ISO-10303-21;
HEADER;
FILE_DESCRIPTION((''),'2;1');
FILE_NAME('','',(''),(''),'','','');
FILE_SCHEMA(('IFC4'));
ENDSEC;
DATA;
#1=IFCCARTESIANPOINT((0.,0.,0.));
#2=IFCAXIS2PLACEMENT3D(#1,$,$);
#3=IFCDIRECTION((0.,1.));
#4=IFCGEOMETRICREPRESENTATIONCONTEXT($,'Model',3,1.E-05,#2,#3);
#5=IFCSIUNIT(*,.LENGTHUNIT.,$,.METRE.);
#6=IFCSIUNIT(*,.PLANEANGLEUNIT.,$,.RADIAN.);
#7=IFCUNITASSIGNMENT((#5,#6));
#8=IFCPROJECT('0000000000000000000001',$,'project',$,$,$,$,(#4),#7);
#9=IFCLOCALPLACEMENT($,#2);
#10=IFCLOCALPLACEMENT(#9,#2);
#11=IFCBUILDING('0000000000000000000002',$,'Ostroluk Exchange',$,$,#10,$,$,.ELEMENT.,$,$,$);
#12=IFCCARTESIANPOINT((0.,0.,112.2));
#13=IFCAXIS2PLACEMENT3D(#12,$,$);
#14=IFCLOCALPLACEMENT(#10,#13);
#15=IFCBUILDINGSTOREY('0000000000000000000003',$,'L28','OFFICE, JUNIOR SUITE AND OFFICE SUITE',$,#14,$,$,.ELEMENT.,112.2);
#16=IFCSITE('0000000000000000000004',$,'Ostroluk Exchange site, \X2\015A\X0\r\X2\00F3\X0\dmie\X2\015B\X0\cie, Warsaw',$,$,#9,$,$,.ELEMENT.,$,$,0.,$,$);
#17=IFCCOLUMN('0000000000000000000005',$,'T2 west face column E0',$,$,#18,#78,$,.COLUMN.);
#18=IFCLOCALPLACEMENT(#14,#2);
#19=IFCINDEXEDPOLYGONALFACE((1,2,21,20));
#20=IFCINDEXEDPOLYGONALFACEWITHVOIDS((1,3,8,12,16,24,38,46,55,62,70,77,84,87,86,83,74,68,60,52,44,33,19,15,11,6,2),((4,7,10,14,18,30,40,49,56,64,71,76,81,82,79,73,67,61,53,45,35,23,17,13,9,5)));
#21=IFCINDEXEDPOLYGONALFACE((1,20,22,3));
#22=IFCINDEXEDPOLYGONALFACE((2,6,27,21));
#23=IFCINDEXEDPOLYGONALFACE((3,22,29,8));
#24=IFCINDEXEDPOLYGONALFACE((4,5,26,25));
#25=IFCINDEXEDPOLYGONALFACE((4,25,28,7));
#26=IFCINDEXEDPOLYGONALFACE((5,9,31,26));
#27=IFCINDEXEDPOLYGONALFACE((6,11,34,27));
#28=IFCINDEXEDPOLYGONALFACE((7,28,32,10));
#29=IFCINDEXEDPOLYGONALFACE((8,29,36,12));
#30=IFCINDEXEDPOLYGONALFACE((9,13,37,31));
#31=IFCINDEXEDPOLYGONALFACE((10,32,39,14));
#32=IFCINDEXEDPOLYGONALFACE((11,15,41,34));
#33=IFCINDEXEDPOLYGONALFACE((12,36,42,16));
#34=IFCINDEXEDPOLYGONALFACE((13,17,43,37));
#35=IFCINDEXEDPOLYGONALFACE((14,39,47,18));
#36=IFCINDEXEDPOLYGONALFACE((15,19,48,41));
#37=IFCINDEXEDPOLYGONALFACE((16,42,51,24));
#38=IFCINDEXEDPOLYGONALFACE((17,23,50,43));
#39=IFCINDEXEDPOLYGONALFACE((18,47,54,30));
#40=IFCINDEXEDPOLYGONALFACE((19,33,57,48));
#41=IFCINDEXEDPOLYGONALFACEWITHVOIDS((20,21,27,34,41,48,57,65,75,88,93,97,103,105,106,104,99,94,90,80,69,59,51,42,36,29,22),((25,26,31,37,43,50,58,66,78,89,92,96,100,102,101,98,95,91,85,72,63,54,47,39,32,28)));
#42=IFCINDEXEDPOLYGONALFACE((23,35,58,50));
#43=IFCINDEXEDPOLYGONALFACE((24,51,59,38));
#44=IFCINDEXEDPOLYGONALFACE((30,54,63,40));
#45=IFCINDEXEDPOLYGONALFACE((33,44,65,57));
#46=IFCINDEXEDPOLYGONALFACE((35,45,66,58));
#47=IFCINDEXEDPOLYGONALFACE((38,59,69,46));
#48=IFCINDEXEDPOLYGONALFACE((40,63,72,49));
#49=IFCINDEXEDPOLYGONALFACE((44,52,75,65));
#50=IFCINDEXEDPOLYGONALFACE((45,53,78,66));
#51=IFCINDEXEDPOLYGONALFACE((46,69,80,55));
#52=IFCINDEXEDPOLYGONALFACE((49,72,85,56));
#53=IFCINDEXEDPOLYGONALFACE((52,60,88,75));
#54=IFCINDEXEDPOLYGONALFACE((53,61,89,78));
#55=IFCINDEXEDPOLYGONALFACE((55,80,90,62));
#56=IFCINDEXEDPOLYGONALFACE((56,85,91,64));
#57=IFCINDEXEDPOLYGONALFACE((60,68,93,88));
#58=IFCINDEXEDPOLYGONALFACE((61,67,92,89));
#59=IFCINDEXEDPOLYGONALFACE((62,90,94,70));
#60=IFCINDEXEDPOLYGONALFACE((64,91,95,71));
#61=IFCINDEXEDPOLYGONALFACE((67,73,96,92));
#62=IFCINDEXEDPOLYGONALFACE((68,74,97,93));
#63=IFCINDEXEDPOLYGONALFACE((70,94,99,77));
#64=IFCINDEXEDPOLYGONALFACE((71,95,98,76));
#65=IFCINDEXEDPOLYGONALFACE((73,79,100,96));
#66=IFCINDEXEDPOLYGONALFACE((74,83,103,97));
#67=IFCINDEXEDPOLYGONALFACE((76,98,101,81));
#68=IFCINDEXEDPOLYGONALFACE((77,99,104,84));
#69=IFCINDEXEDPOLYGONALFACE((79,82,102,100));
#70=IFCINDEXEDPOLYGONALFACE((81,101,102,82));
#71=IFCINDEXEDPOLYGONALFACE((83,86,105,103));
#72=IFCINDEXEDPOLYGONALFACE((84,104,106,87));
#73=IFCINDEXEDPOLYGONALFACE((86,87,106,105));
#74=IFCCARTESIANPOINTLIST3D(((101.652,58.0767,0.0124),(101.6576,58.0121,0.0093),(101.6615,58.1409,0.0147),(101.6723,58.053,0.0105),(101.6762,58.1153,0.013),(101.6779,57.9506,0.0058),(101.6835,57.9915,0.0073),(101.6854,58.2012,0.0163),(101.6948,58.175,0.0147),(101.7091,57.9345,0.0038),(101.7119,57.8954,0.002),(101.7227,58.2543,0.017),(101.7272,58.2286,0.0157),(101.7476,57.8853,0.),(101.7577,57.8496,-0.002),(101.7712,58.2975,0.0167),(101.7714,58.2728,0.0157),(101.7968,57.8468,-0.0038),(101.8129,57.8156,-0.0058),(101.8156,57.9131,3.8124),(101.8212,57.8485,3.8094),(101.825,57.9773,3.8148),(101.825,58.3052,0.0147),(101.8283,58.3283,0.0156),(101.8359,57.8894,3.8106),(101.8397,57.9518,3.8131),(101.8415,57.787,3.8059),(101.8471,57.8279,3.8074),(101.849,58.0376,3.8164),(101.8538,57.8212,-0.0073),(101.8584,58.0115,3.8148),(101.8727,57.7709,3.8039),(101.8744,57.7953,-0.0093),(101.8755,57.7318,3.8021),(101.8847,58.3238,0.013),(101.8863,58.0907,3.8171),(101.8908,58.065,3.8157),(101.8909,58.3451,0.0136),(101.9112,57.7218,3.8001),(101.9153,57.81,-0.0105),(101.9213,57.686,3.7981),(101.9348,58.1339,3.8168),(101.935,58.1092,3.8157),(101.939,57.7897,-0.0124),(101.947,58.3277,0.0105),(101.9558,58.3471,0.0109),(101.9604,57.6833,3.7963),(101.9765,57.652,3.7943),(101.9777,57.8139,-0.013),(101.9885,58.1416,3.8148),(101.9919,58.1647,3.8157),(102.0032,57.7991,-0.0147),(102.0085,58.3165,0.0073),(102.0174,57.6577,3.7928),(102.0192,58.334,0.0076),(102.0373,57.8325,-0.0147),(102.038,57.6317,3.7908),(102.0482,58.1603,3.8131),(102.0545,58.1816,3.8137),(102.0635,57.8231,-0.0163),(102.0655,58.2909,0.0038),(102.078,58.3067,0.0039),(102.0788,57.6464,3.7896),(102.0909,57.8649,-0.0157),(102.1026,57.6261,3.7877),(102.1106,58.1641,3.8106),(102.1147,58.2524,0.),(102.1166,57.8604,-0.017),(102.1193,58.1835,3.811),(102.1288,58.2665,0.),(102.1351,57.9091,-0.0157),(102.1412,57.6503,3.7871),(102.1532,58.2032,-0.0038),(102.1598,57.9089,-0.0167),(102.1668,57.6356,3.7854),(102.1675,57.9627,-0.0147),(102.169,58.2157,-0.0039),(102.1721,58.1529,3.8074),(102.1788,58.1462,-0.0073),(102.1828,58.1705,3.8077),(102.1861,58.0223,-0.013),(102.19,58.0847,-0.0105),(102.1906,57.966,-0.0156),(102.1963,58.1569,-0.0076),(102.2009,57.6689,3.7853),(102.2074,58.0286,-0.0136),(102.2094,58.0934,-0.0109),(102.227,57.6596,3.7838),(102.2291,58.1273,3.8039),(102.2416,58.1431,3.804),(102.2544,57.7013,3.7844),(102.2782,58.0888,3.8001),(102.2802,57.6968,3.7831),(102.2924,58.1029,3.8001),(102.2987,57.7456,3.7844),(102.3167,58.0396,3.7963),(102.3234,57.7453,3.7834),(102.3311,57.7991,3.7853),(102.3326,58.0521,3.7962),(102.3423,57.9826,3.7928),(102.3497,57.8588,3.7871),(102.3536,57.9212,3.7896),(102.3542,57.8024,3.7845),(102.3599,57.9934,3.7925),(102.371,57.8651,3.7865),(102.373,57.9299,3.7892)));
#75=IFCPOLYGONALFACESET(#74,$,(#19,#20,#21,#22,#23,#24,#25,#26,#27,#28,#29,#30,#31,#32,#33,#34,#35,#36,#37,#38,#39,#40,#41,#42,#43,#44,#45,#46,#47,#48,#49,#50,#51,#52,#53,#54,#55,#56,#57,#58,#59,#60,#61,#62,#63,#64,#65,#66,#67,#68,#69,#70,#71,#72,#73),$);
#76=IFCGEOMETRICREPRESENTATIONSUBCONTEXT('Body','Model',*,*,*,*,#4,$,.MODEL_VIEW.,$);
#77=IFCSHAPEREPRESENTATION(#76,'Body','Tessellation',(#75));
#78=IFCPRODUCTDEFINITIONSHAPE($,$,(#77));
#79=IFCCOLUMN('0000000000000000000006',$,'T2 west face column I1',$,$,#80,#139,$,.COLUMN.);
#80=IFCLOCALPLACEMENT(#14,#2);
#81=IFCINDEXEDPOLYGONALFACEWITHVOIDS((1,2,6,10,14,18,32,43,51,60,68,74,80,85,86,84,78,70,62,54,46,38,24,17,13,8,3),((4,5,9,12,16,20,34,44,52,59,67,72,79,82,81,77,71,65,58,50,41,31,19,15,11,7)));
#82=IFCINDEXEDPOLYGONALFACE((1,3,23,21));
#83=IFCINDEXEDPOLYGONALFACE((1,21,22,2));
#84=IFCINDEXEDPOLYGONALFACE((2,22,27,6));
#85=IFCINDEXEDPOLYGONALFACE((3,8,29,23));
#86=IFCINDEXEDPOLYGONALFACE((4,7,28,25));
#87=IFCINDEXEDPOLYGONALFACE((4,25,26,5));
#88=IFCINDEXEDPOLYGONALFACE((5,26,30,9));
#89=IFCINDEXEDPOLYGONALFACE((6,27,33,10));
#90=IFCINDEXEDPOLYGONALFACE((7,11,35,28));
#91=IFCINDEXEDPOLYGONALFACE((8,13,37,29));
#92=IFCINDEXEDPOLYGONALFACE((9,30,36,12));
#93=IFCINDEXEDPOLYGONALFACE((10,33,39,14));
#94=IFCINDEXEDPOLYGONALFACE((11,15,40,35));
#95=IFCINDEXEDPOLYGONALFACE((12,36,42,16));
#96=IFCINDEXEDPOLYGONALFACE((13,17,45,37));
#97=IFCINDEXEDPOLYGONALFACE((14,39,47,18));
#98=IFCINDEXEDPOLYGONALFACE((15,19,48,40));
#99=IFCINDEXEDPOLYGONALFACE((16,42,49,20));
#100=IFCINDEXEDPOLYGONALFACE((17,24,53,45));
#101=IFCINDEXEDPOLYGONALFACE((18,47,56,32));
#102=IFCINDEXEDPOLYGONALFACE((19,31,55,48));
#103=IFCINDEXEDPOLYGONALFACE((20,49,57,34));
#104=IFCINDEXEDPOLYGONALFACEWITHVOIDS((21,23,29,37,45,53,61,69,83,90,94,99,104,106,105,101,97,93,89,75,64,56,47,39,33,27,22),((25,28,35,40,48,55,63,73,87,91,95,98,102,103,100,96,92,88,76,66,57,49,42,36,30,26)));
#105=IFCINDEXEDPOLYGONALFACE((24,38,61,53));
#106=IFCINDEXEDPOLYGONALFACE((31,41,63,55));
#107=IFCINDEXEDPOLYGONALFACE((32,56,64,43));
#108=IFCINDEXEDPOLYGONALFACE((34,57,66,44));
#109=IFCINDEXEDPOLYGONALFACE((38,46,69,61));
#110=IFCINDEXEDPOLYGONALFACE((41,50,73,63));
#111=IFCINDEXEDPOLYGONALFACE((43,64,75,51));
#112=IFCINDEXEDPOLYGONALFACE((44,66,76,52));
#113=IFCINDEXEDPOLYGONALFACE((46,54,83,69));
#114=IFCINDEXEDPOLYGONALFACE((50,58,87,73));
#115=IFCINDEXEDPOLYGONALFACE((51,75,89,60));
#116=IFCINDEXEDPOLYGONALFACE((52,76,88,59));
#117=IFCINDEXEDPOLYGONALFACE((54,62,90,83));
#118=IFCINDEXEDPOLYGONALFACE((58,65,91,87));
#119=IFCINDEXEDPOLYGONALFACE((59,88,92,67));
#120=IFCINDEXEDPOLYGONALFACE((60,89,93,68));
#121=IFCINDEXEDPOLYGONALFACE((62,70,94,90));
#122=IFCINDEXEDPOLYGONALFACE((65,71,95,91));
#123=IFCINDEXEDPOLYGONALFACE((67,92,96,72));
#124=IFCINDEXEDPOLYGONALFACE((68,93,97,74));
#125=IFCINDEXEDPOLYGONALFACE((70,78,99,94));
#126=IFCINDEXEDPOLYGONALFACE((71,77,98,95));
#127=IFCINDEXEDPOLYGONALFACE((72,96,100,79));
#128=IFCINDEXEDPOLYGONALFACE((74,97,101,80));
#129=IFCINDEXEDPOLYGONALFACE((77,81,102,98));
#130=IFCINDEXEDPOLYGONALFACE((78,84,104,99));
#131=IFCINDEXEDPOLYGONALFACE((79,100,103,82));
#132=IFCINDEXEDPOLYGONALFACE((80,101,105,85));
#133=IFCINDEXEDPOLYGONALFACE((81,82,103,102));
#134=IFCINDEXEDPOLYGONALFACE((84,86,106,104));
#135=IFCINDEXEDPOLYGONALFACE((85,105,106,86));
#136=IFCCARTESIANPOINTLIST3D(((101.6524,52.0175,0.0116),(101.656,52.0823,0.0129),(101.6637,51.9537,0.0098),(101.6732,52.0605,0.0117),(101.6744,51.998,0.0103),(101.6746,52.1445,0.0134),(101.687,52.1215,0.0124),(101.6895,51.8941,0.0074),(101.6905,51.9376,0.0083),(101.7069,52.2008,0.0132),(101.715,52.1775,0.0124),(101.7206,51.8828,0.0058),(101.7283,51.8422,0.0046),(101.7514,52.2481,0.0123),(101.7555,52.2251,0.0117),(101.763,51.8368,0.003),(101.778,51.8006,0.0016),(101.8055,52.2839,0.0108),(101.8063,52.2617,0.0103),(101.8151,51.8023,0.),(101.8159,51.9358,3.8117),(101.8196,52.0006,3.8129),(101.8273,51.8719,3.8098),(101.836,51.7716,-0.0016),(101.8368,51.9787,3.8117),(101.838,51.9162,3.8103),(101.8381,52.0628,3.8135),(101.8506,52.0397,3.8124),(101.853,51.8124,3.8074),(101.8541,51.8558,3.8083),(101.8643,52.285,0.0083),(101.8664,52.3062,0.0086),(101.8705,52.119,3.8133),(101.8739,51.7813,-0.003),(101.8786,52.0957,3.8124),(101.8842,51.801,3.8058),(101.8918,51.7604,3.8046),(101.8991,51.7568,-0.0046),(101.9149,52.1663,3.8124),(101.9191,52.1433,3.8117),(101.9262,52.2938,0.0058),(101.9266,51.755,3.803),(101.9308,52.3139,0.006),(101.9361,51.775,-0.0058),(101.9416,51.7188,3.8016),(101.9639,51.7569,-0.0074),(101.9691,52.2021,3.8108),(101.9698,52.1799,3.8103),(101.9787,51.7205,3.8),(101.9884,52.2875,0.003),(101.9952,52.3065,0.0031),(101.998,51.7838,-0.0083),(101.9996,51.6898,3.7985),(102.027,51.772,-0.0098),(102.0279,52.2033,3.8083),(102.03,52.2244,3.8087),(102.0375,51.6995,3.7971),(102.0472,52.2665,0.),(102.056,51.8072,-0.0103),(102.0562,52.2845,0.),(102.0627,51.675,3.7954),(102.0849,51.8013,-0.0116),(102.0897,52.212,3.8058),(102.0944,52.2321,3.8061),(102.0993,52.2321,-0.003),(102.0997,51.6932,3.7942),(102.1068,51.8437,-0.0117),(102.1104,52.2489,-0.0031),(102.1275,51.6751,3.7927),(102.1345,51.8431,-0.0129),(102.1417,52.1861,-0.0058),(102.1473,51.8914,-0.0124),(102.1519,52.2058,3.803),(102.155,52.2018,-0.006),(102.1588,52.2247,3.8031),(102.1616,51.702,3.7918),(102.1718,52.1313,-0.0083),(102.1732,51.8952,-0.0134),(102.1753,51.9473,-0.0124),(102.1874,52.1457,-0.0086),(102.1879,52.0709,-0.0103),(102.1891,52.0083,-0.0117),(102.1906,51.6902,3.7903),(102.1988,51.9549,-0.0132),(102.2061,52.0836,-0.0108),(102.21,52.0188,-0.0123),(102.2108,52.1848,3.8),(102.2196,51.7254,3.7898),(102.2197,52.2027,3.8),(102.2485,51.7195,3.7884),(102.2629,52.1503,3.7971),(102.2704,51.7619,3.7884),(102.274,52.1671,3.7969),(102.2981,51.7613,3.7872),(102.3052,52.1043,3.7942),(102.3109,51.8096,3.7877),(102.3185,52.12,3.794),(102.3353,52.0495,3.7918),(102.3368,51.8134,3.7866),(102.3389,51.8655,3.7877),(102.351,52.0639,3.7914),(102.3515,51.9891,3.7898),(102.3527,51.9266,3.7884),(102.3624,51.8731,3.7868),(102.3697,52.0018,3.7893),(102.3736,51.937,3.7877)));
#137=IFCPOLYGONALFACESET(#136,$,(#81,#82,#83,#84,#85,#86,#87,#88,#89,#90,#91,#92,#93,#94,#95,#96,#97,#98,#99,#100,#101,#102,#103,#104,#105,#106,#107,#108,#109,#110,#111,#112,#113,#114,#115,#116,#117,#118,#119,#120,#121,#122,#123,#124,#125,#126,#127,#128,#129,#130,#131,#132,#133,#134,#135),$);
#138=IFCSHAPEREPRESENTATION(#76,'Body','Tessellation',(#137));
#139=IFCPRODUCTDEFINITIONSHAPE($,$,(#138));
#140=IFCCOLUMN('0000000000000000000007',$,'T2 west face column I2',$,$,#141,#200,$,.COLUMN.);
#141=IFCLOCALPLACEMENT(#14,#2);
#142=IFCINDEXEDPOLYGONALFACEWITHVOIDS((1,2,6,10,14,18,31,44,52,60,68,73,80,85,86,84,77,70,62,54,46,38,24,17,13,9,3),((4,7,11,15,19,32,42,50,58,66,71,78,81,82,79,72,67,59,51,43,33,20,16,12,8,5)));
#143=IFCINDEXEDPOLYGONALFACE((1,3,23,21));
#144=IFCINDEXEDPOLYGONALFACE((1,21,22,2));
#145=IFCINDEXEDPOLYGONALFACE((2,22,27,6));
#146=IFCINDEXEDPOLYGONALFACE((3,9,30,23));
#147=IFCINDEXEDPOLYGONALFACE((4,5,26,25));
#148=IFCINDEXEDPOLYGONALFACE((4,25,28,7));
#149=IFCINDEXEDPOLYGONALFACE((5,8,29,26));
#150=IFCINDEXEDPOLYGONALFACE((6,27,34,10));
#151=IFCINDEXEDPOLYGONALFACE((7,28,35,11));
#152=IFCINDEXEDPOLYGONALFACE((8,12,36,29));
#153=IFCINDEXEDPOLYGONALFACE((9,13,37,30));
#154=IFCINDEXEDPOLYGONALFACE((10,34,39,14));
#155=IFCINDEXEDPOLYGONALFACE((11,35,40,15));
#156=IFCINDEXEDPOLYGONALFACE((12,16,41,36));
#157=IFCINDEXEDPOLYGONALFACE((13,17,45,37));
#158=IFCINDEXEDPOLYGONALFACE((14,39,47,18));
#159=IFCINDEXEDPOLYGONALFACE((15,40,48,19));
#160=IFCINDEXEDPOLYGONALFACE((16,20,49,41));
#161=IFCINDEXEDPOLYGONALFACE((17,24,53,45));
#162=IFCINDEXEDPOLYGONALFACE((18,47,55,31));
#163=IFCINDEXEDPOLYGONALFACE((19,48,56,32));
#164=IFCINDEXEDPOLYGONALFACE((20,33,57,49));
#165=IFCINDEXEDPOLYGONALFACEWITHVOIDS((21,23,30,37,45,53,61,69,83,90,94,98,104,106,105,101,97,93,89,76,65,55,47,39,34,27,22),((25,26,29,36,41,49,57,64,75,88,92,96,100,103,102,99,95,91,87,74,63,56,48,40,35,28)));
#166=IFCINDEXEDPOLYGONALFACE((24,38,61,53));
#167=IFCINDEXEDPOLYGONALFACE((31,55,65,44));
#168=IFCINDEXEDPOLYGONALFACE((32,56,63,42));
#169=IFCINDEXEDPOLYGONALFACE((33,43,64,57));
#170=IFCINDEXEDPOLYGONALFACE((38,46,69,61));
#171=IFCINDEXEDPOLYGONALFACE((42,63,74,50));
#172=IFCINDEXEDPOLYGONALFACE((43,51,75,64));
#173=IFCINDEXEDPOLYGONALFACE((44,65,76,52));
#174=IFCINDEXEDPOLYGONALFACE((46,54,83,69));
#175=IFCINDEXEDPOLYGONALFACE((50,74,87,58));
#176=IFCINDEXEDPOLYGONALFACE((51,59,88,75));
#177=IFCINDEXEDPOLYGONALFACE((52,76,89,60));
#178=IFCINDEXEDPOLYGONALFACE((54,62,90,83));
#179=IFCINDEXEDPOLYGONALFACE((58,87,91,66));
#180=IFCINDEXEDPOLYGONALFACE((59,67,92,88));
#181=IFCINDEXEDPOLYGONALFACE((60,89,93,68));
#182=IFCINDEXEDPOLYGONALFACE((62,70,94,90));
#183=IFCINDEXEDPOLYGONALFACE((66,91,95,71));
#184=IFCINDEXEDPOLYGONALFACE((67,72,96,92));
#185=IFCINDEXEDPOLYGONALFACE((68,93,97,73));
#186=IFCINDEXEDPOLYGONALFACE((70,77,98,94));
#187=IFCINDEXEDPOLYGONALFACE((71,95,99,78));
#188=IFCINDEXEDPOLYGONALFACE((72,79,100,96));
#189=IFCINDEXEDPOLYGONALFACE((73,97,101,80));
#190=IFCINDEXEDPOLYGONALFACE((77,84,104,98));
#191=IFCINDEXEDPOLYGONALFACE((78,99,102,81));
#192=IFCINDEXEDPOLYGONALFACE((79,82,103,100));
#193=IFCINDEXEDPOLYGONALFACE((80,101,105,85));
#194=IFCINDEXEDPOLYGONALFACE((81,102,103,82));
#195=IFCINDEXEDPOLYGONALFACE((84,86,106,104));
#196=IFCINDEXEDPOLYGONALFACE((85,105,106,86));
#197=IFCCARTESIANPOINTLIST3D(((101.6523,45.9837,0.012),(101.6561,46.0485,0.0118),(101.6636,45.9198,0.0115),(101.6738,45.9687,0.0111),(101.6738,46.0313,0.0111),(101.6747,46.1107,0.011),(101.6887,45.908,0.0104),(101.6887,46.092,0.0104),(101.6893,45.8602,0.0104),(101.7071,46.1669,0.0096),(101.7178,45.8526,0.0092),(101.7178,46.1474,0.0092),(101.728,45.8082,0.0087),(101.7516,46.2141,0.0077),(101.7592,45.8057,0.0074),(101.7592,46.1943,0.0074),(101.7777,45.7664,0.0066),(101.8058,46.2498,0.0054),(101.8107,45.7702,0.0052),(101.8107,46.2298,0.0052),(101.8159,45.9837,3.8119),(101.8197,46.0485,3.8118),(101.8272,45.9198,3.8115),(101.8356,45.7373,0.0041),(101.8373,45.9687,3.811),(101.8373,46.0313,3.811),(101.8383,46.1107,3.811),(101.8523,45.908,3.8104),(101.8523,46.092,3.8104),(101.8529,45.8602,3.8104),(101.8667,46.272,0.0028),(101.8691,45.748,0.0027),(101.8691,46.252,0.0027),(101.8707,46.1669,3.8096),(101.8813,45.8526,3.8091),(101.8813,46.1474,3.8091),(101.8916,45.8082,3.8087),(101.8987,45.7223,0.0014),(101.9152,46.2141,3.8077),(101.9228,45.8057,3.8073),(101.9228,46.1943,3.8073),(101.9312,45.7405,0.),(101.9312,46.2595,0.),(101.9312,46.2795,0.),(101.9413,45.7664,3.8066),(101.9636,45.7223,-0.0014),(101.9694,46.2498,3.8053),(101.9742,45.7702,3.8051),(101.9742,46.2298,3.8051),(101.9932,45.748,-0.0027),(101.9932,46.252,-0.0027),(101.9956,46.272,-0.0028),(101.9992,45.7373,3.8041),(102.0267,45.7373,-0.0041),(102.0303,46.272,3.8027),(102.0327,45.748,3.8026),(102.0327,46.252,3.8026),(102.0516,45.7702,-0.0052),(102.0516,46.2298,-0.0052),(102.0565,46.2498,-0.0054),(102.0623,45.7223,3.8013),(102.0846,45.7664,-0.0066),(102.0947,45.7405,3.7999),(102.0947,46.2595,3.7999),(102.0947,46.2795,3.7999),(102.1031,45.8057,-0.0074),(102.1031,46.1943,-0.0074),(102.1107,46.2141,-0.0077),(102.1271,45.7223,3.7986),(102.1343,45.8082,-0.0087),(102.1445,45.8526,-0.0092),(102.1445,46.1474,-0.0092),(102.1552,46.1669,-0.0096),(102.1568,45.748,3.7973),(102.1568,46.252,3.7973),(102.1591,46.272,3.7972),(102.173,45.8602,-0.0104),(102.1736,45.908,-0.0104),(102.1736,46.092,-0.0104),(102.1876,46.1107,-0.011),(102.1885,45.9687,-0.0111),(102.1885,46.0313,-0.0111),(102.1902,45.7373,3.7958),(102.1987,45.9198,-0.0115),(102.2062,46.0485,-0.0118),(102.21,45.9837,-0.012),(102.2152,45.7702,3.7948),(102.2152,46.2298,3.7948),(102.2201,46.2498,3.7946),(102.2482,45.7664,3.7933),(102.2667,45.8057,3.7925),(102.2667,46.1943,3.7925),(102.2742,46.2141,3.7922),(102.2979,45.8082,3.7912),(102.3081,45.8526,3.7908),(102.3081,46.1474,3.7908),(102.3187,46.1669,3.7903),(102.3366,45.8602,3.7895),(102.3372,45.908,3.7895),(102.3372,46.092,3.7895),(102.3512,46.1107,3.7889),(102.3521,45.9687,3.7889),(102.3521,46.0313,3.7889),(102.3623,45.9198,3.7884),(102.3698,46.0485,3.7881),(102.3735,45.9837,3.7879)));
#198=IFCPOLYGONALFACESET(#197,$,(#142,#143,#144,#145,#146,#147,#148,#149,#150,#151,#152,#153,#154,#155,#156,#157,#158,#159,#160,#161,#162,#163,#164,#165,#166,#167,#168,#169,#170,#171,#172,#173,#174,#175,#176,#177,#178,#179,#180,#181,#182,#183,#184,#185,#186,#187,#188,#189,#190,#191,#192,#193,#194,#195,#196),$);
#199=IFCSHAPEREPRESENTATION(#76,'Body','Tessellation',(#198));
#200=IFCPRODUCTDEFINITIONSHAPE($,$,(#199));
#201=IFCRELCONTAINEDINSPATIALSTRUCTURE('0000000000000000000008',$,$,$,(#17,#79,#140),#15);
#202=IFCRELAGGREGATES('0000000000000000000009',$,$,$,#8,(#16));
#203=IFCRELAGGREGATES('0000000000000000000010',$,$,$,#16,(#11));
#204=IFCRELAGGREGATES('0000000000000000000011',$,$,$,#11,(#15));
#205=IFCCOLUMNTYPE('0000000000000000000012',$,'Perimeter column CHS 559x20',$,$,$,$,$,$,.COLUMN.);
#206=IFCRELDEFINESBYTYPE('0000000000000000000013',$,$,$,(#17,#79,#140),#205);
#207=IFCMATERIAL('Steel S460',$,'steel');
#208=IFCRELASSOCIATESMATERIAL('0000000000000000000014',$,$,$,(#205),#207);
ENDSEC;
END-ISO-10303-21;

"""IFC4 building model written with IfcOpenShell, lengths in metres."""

from ifc_helpers import new_model, si_unit, direction, frame, origin, origin_2d, place, context, subcontext, project, spatial, hollow_circle, extrude, material, material_profile, profile_set, type_object, element, save


model = new_model("IFC4")

# Units and contexts
model_context = context("Model", 3, precision=1e-05, world=origin(), true_north=direction((0.0, 1.0)))
body_context = subcontext(model_context, "Body", "Model", "MODEL_VIEW")
ifc_project = project(units=[si_unit("LENGTHUNIT", "METRE"), si_unit("PLANEANGLEUNIT", "RADIAN")], contexts=[model_context])

# Site, building, storey
site_placement = place(None, origin())
site = spatial("IfcSite", under=ifc_project, at=site_placement, Name="Ostroluk Exchange site, Śródmieście, Warsaw", CompositionType="ELEMENT", RefElevation=0.0)
building_placement = place(site_placement, origin())
building = spatial("IfcBuilding", under=site, at=building_placement, Name="Ostroluk Exchange", CompositionType="ELEMENT")
storey_placement = place(building_placement, frame((0.0, 0.0, 112.2)))
storey = spatial("IfcBuildingStorey", under=building, at=storey_placement, Name="L28", Description="OFFICE, JUNIOR SUITE AND OFFICE SUITE", CompositionType="ELEMENT", Elevation=112.2)

# Columns
ifc_material_1 = material(Name="Steel S460", Category="steel")
ifc_material_profile_1 = material_profile(ifc_material_1, hollow_circle(Radius=0.2795, WallThickness=0.02, at=origin_2d()), Name="CHS 559x20")
ifc_profile_set_1 = profile_set([ifc_material_profile_1], Name="Steel S460")
column_type = type_object("IfcColumnType", Name="Perimeter column CHS 559x20", PredefinedType="COLUMN", material=ifc_profile_set_1)
column_1_placement = place(storey_placement, frame((101.9312, 58.0688, 0.0), z_axis=(0.042966, -0.042966, 0.998152), x_axis=(0.707107, 0.707107, 0.0)))
element("IfcColumn", 1, at=column_1_placement, inside=storey, type_object=column_type, Name="T2 west face column E0", PredefinedType="COLUMN", context=body_context, shape_type="SweptSolid", body=[
    extrude(hollow_circle(Radius=0.2795, WallThickness=0.02, at=origin_2d()), origin(), (0.0, 0.0, 1.0), 3.8071),
])
column_2_placement = place(storey_placement, frame((101.9312, 52.0344, 0.0), z_axis=(0.042996, -0.021498, 0.998844), x_axis=(0.447214, 0.894427, 0.0)))
element("IfcColumn", 2, at=column_2_placement, inside=storey, type_object=column_type, Name="T2 west face column I1", PredefinedType="COLUMN", context=body_context, shape_type="SweptSolid", body=[
    extrude(hollow_circle(Radius=0.2795, WallThickness=0.02, at=origin_2d()), origin(), (0.0, 0.0, 1.0), 3.8044),
])
column_3_placement = place(storey_placement, frame((101.9312, 46.0, 0.0), z_axis=(0.043005, 0.0, 0.999075), x_axis=(0.0, 1.0, 0.0)))
element("IfcColumn", 3, at=column_3_placement, inside=storey, type_object=column_type, Name="T2 west face column I2", PredefinedType="COLUMN", context=body_context, shape_type="SweptSolid", body=[
    extrude(hollow_circle(Radius=0.2795, WallThickness=0.02, at=origin_2d()), origin(), (0.0, 0.0, 1.0), 3.8035),
])

save(model, "model.ifc")
